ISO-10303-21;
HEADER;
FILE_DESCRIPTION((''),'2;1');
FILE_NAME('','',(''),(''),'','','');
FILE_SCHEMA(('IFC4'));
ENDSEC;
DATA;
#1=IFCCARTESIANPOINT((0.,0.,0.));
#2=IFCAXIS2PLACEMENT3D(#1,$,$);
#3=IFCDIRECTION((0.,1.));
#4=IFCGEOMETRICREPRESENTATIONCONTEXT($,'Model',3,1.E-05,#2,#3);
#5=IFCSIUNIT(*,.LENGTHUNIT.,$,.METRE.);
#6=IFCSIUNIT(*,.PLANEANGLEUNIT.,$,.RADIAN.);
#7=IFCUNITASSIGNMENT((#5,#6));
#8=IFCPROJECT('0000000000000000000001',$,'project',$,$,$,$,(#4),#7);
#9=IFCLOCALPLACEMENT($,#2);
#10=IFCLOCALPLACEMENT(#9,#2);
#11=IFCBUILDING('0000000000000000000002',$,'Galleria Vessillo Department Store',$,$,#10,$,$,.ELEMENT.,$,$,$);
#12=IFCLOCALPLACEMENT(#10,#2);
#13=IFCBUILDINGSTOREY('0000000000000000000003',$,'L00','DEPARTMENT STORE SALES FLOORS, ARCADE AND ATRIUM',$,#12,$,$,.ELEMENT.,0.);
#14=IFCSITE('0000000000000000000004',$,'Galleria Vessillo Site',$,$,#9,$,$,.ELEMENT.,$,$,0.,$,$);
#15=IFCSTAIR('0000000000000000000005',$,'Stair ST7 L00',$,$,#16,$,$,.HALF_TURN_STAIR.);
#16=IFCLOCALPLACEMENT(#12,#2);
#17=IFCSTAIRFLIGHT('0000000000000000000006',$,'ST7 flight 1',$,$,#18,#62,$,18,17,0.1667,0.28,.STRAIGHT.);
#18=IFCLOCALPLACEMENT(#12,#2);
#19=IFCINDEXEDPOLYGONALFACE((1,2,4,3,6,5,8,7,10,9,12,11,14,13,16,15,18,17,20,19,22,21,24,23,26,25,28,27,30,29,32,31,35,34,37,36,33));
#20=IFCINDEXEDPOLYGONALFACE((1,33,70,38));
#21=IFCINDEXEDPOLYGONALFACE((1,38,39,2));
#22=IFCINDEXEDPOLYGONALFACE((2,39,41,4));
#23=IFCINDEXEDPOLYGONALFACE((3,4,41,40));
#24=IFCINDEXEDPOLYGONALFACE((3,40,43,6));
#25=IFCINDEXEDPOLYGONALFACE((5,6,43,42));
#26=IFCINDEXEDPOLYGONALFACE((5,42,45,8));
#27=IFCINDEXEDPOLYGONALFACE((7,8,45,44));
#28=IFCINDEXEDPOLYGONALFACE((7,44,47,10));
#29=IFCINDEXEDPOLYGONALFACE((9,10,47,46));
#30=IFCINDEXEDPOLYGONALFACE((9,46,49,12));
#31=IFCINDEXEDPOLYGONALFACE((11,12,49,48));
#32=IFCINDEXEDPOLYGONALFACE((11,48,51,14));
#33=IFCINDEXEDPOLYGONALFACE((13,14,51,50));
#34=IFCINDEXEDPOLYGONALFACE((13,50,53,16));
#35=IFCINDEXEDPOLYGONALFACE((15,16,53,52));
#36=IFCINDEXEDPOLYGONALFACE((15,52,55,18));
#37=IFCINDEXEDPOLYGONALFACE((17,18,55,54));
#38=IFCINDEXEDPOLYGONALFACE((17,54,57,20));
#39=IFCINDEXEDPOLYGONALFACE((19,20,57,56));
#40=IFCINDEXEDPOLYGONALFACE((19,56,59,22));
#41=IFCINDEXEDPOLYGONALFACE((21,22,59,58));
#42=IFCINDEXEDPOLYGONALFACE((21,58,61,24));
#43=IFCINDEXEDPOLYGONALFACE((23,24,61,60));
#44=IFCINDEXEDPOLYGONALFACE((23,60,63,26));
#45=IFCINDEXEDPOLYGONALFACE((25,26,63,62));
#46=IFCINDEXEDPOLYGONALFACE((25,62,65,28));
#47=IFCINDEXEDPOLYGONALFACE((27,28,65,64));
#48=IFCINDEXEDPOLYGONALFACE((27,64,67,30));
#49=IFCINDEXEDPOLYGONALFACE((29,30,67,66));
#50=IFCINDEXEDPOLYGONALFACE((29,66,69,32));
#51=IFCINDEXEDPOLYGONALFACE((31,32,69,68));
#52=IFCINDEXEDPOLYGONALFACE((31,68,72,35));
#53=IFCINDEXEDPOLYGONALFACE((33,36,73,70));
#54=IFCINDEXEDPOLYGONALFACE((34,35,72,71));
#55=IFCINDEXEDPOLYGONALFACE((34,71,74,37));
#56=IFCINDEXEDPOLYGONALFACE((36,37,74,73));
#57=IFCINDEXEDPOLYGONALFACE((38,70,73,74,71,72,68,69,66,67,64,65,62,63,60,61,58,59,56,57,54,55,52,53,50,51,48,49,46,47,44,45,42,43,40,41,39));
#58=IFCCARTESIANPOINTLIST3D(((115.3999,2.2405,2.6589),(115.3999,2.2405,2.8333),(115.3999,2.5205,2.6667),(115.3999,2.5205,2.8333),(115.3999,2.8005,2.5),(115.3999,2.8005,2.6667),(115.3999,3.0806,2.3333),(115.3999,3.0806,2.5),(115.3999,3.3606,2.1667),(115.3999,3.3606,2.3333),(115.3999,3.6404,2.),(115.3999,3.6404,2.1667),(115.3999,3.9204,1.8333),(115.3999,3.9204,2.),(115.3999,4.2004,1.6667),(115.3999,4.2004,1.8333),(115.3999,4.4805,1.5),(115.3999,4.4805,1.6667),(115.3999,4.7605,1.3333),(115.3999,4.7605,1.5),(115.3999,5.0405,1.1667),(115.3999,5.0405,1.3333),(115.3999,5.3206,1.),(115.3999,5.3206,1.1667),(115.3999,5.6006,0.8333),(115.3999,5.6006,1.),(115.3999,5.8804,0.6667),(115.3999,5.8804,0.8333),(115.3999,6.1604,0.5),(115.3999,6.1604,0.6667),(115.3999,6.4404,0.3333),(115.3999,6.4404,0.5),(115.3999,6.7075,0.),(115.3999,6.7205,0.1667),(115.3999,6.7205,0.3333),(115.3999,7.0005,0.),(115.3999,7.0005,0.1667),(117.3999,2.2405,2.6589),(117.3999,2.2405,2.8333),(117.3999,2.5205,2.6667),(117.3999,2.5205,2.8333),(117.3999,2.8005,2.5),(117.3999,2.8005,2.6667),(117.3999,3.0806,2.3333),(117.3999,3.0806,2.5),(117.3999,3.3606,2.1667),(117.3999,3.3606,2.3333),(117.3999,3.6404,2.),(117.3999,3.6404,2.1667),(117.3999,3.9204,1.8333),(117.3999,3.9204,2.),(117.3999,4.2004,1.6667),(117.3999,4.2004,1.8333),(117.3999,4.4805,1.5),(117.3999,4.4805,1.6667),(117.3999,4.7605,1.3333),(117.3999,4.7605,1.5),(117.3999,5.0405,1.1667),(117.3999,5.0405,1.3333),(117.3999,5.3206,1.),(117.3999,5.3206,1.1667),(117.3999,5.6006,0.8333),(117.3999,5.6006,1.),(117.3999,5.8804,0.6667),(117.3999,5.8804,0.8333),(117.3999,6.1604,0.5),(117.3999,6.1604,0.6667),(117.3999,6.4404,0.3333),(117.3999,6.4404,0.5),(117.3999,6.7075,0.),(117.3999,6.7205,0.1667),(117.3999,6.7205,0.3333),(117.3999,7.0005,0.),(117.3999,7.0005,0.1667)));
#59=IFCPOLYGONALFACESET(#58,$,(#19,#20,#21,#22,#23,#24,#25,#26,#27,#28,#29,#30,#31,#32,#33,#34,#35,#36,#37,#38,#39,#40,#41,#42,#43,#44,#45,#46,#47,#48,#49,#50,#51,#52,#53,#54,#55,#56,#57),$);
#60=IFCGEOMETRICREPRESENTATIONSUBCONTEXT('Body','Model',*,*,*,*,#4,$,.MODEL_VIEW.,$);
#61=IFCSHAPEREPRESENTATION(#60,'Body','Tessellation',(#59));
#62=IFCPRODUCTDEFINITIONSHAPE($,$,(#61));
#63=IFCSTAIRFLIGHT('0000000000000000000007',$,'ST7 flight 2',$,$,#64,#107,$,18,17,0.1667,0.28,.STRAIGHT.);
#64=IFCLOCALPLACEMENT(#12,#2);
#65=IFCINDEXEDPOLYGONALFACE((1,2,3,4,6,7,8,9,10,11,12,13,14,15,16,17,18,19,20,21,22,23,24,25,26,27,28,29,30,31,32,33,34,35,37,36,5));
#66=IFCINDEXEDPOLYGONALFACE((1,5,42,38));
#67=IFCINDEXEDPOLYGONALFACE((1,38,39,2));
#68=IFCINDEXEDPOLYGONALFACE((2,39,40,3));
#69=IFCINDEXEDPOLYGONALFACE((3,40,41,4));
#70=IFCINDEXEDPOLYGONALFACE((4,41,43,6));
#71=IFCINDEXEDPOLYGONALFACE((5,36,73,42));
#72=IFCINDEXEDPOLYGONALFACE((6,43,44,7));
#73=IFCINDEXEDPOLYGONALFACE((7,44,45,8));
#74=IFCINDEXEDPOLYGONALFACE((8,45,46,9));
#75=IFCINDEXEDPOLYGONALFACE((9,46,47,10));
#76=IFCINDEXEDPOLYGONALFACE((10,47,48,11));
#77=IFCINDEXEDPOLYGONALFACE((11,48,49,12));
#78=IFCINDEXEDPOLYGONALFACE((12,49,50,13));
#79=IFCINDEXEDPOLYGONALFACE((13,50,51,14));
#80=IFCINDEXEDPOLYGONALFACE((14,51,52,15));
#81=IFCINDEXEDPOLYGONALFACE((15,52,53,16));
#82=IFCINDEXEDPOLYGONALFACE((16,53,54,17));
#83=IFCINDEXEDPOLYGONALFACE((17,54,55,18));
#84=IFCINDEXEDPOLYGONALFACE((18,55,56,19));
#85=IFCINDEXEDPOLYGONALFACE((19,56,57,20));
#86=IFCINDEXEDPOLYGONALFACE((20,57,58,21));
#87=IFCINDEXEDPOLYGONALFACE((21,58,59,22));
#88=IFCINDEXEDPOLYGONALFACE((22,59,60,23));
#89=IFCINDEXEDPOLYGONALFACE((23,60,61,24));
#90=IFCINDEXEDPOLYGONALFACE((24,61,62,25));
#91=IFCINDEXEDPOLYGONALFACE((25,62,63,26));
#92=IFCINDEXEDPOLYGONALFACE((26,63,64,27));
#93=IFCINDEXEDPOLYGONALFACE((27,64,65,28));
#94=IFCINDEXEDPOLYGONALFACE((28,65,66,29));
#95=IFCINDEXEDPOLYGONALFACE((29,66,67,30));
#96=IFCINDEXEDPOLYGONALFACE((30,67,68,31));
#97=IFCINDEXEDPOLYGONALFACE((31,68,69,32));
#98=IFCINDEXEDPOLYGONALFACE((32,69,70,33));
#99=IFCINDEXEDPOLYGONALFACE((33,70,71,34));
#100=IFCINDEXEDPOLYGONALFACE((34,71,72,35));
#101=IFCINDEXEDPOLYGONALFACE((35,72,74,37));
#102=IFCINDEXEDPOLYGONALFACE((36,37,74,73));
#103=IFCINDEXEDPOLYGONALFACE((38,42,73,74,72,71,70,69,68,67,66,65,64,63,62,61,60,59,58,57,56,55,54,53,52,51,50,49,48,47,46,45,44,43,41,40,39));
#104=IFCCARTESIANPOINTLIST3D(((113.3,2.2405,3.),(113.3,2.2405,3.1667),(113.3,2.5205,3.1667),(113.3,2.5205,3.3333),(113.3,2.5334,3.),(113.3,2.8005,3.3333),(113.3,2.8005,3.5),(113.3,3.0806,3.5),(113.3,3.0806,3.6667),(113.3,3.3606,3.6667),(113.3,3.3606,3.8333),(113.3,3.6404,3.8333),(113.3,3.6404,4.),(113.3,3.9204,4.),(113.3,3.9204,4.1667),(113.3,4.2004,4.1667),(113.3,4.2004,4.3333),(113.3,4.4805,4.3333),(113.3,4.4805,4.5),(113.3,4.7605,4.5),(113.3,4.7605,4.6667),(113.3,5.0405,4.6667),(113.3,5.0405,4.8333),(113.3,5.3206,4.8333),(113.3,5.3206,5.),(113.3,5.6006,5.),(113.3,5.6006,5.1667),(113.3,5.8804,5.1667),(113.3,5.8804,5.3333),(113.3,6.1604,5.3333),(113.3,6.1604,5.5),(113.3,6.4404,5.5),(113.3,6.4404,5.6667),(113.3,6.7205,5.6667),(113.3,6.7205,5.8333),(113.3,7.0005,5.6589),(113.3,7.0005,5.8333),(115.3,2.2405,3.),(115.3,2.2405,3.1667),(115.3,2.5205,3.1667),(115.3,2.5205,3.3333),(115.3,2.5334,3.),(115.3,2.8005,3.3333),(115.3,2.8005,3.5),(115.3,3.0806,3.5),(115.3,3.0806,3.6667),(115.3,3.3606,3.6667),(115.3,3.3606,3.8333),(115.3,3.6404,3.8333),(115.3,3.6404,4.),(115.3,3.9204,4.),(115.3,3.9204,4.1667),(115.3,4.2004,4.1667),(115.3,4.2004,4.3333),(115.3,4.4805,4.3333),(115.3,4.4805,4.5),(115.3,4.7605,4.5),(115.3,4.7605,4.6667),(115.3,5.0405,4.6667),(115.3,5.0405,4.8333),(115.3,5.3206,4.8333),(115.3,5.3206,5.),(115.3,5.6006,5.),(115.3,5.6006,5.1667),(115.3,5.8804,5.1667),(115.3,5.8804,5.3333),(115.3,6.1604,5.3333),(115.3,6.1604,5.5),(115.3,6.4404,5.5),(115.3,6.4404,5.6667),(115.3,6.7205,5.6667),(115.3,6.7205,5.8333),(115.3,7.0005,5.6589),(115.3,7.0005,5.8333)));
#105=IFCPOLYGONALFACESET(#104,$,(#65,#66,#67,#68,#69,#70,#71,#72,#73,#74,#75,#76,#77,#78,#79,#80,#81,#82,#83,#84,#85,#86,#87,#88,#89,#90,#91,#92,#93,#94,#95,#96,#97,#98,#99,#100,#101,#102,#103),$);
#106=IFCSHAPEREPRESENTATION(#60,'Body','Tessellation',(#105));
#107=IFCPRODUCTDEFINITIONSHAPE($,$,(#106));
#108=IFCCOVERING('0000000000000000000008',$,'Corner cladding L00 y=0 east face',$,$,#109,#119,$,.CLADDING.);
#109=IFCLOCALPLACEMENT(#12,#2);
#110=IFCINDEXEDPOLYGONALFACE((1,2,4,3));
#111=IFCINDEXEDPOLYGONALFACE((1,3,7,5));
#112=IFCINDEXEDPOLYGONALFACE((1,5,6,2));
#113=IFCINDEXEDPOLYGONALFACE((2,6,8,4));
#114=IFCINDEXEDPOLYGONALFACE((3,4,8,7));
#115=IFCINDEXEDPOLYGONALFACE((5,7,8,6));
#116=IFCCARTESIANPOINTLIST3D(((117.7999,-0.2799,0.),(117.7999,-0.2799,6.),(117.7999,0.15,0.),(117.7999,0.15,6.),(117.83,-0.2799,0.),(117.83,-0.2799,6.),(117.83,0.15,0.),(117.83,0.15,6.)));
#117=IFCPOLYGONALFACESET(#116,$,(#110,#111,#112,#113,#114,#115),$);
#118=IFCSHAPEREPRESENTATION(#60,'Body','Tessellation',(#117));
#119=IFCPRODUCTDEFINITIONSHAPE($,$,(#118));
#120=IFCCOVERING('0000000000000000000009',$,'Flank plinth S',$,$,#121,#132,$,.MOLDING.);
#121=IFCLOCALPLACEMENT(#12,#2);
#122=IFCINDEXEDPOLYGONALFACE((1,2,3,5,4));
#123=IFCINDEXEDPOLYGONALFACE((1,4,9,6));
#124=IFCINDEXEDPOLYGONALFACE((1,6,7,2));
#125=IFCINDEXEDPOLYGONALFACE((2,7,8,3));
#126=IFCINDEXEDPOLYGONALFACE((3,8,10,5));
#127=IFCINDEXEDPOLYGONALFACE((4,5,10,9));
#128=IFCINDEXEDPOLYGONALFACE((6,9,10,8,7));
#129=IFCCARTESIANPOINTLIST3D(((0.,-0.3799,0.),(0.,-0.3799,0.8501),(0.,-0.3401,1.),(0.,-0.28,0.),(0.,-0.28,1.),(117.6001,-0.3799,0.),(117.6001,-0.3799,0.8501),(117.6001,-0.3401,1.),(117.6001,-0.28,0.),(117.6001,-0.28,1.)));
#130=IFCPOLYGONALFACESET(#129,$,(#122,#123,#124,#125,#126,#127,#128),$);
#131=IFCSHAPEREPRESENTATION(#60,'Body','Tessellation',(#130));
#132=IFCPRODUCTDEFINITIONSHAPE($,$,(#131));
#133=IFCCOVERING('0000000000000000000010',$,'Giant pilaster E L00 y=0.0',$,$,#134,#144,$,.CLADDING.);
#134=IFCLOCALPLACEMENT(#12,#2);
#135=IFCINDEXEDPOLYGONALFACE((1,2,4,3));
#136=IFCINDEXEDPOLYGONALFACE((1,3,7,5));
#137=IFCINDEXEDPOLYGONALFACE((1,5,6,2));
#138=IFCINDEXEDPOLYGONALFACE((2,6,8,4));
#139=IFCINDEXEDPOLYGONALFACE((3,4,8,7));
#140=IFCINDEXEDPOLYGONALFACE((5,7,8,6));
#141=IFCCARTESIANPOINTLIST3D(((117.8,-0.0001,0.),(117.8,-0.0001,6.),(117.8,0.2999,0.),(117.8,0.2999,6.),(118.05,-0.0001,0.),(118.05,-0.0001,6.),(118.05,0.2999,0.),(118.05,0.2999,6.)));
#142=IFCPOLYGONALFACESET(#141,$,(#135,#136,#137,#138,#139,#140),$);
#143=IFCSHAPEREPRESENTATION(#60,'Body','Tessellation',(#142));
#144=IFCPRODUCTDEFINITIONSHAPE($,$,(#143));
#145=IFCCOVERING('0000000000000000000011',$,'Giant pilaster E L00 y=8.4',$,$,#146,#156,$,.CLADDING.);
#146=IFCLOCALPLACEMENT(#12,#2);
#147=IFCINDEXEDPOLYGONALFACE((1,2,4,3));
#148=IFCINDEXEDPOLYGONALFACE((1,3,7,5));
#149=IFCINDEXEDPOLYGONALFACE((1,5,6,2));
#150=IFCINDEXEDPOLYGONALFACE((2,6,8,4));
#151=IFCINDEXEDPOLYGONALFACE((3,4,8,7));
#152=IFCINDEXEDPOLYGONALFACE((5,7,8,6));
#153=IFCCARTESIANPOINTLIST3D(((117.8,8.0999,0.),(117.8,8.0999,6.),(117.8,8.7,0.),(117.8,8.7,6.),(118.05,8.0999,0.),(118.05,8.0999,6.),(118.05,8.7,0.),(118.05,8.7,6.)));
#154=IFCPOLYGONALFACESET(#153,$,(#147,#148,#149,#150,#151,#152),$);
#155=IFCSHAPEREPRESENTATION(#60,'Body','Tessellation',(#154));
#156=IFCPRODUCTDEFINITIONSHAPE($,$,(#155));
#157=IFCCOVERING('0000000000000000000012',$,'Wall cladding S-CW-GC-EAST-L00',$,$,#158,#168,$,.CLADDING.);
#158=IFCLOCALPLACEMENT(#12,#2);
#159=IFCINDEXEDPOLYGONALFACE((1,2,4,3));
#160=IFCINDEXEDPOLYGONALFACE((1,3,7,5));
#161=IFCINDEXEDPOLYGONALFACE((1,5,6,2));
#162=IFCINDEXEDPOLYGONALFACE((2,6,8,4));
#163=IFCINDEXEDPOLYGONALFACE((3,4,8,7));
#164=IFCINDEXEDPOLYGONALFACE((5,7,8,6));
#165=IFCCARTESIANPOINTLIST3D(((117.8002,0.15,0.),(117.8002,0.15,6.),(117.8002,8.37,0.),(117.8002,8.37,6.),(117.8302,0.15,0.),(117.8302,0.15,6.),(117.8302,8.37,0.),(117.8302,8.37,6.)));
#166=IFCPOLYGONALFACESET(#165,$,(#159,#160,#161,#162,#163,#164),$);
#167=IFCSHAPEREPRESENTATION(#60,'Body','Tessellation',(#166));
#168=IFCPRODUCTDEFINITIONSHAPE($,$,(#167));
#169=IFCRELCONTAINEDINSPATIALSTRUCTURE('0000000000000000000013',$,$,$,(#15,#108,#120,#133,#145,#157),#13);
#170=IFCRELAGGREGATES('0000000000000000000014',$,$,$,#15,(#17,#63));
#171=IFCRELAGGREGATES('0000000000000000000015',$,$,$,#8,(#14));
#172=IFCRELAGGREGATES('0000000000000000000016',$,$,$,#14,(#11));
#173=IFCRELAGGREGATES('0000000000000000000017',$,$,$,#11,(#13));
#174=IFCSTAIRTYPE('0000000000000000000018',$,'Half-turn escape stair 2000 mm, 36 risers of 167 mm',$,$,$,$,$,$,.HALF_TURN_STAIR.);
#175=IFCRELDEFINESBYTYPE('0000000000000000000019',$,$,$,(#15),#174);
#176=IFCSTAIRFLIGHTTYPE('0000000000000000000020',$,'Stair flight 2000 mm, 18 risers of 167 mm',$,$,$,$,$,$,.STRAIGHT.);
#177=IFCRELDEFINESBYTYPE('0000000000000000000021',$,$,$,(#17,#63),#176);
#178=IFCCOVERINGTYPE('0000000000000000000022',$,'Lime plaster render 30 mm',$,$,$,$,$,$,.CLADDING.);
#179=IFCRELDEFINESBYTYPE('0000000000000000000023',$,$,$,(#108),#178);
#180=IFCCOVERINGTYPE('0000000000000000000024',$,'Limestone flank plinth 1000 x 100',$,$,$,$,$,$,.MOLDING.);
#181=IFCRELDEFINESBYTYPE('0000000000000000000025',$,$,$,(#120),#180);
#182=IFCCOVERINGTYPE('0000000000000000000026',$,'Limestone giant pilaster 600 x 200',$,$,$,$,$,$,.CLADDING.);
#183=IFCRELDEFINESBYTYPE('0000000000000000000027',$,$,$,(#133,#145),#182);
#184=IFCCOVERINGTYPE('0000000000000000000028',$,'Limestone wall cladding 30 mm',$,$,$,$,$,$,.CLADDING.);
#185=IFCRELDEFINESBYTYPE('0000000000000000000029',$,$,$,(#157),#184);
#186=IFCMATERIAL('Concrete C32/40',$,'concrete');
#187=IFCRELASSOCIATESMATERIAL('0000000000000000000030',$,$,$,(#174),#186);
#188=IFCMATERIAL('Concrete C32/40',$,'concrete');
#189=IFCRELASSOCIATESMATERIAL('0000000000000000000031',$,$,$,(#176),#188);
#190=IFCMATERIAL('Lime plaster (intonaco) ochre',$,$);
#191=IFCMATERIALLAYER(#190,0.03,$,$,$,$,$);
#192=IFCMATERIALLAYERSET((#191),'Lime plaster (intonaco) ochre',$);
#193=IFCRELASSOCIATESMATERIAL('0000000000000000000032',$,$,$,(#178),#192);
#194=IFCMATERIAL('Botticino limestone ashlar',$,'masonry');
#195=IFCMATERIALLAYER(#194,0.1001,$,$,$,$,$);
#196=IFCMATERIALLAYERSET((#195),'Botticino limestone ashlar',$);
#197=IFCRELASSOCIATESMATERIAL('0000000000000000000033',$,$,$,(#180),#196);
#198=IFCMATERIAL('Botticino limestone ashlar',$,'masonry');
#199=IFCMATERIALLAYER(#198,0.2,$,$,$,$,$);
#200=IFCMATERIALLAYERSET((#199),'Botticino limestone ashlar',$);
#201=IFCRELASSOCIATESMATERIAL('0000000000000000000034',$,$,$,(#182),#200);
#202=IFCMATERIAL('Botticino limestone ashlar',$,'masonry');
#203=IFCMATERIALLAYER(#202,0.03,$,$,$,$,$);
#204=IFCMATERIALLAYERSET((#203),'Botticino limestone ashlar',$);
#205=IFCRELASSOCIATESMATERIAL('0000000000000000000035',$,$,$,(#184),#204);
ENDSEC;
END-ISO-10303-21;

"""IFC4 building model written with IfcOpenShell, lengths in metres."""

from ifc_helpers import new_model, si_unit, direction, frame, origin, origin_2d, place, context, subcontext, project, spatial, polyline, rectangle, outline, extrude, material, layer, layer_set, type_object, element, aggregate, save


model = new_model("IFC4")

# Units and contexts
model_context = context("Model", 3, precision=1e-05, world=origin(), true_north=direction((0.0, 1.0)))
body_context = subcontext(model_context, "Body", "Model", "MODEL_VIEW")
ifc_project = project(units=[si_unit("LENGTHUNIT", "METRE"), si_unit("PLANEANGLEUNIT", "RADIAN")], contexts=[model_context])

# Site, building, storey
site_placement = place(None, origin())
site = spatial("IfcSite", under=ifc_project, at=site_placement, Name="Galleria Vessillo Site", CompositionType="ELEMENT", RefElevation=0.0)
building_placement = place(site_placement, origin())
building = spatial("IfcBuilding", under=site, at=building_placement, Name="Galleria Vessillo Department Store", CompositionType="ELEMENT")
storey_placement = place(building_placement, origin())
storey = spatial("IfcBuildingStorey", under=building, at=storey_placement, Name="L00", Description="DEPARTMENT STORE SALES FLOORS, ARCADE AND ATRIUM", CompositionType="ELEMENT", Elevation=0.0)

# Stair, stair flights
ifc_material_1 = material(Name="Concrete C32/40", Category="concrete")
stair_type = type_object("IfcStairType", Name="Half-turn escape stair 2000 mm, 36 risers of 167 mm", PredefinedType="HALF_TURN_STAIR", material=ifc_material_1)
stair_placement = place(storey_placement, origin())
stair = element("IfcStair", 1, at=stair_placement, inside=storey, type_object=stair_type, Name="Stair ST7 L00", PredefinedType="HALF_TURN_STAIR")
ifc_material_2 = material(Name="Concrete C32/40", Category="concrete")
stair_flight_type = type_object("IfcStairFlightType", Name="Stair flight 2000 mm, 18 risers of 167 mm", PredefinedType="STRAIGHT", material=ifc_material_2)
stair_flight_1_placement = place(storey_placement, frame((116.3999, 7.0005, 0.0), z_axis=(0.0, 0.0, 1.0), x_axis=(0.0, -1.0, 0.0)))
stair_flight_1 = element("IfcStairFlight", 2, at=stair_flight_1_placement, type_object=stair_flight_type, Name="ST7 flight 1", NumberOfRisers=18, NumberOfTreads=17, PredefinedType="STRAIGHT", RiserHeight=0.1667, TreadLength=0.28, context=body_context, shape_type="SweptSolid", body=[
    extrude(outline(polyline([(0.0, 0.0), (0.0, 0.1667), (0.28, 0.1667), (0.28, 0.3333), (0.5601, 0.3333), (0.5601, 0.5), (0.8401, 0.5), (0.8401, 0.6667), (1.1201, 0.6667), (1.1201, 0.8333), (1.3999, 0.8333), (1.3999, 1.0), (1.6799, 1.0), (1.6799, 1.1667), (1.96, 1.1667), (1.96, 1.3333), (2.24, 1.3333), (2.24, 1.5), (2.52, 1.5), (2.52, 1.6667), (2.8, 1.6667), (2.8, 1.8333), (3.0801, 1.8333), (3.0801, 2.0), (3.3601, 2.0), (3.3601, 2.1667), (3.6399, 2.1667), (3.6399, 2.3333), (3.9199, 2.3333), (3.9199, 2.5), (4.2, 2.5), (4.2, 2.6667), (4.48, 2.6667), (4.48, 2.8333), (4.76, 2.8333), (4.76, 3.0), (4.76, 2.6589), (0.293, 0.0), (0.0, 0.0)])), frame((0.0, 1.0, 0.0), z_axis=(0.0, -1.0, 0.0), x_axis=(1.0, 0.0, 0.0)), (0.0, 0.0, 1.0), 2.0),
])
stair_flight_2_placement = place(storey_placement, frame((114.3, 2.2405, 3.0), z_axis=(0.0, 0.0, 1.0), x_axis=(0.0, 1.0, 0.0)))
stair_flight_2 = element("IfcStairFlight", 3, at=stair_flight_2_placement, type_object=stair_flight_type, Name="ST7 flight 2", NumberOfRisers=18, NumberOfTreads=17, PredefinedType="STRAIGHT", RiserHeight=0.1667, TreadLength=0.28, context=body_context, shape_type="SweptSolid", body=[
    extrude(outline(polyline([(0.0, 0.0), (0.0, 0.1667), (0.28, 0.1667), (0.28, 0.3333), (0.5601, 0.3333), (0.5601, 0.5), (0.8401, 0.5), (0.8401, 0.6667), (1.1201, 0.6667), (1.1201, 0.8333), (1.3999, 0.8333), (1.3999, 1.0), (1.6799, 1.0), (1.6799, 1.1667), (1.96, 1.1667), (1.96, 1.3333), (2.24, 1.3333), (2.24, 1.5), (2.52, 1.5), (2.52, 1.6667), (2.8, 1.6667), (2.8, 1.8333), (3.0801, 1.8333), (3.0801, 2.0), (3.3601, 2.0), (3.3601, 2.1667), (3.6399, 2.1667), (3.6399, 2.3333), (3.9199, 2.3333), (3.9199, 2.5), (4.2, 2.5), (4.2, 2.6667), (4.48, 2.6667), (4.48, 2.8333), (4.76, 2.8333), (4.76, 3.0), (4.76, 2.6589), (0.293, 0.0), (0.0, 0.0)])), frame((0.0, 1.0, 0.0), z_axis=(0.0, -1.0, 0.0), x_axis=(1.0, 0.0, 0.0)), (0.0, 0.0, 1.0), 2.0),
])
aggregate(stair, [stair_flight_1, stair_flight_2])

# Coverings
ifc_material_3 = material(Name="Lime plaster (intonaco) ochre")
ifc_layer_1 = layer(ifc_material_3, 0.03)
ifc_layer_set_1 = layer_set([ifc_layer_1], Name="Lime plaster (intonaco) ochre")
covering_type_1 = type_object("IfcCoveringType", Name="Lime plaster render 30 mm", PredefinedType="CLADDING", material=ifc_layer_set_1)
covering_1_placement = place(storey_placement, frame((117.8149, -0.0649, 0.0), z_axis=(0.0, 0.0, 1.0), x_axis=(1.0, 0.0, 0.0)))
element("IfcCovering", 4, at=covering_1_placement, inside=storey, type_object=covering_type_1, Name="Corner cladding L00 y=0 east face", PredefinedType="CLADDING", context=body_context, shape_type="SweptSolid", body=[
    extrude(rectangle(XDim=0.03, YDim=0.4299, at=origin_2d()), origin(), (0.0, 0.0, 1.0), 6.0),
])
ifc_material_4 = material(Name="Botticino limestone ashlar", Category="masonry")
ifc_layer_2 = layer(ifc_material_4, 0.1001)
ifc_layer_set_2 = layer_set([ifc_layer_2], Name="Botticino limestone ashlar")
covering_type_2 = type_object("IfcCoveringType", Name="Limestone flank plinth 1000 x 100", PredefinedType="MOLDING", material=ifc_layer_set_2)
covering_2_placement = place(storey_placement, frame((117.6001, 0.0, 0.0), z_axis=(-1.0, 0.0, 0.0), x_axis=(0.0, -1.0, 0.0)))
element("IfcCovering", 5, at=covering_2_placement, inside=storey, type_object=covering_type_2, Name="Flank plinth S", PredefinedType="MOLDING", context=body_context, shape_type="SweptSolid", body=[
    extrude(outline(polyline([(0.28, 0.0), (0.3799, 0.0), (0.3799, 0.8501), (0.3401, 1.0), (0.28, 1.0), (0.28, 0.0)])), origin(), (0.0, 0.0, 1.0), 117.6001),
])
ifc_material_5 = material(Name="Botticino limestone ashlar", Category="masonry")
ifc_layer_3 = layer(ifc_material_5, 0.2)
ifc_layer_set_3 = layer_set([ifc_layer_3], Name="Botticino limestone ashlar")
covering_type_3 = type_object("IfcCoveringType", Name="Limestone giant pilaster 600 x 200", PredefinedType="CLADDING", material=ifc_layer_set_3)
covering_3_placement = place(storey_placement, frame((117.925, 0.1499, 0.0), z_axis=(0.0, 0.0, 1.0), x_axis=(1.0, 0.0, 0.0)))
element("IfcCovering", 6, at=covering_3_placement, inside=storey, type_object=covering_type_3, Name="Giant pilaster E L00 y=0.0", PredefinedType="CLADDING", context=body_context, shape_type="SweptSolid", body=[
    extrude(rectangle(XDim=0.25, YDim=0.3, at=origin_2d()), origin(), (0.0, 0.0, 1.0), 6.0),
])
covering_4_placement = place(storey_placement, frame((117.925, 8.3999, 0.0), z_axis=(0.0, 0.0, 1.0), x_axis=(1.0, 0.0, 0.0)))
element("IfcCovering", 7, at=covering_4_placement, inside=storey, type_object=covering_type_3, Name="Giant pilaster E L00 y=8.4", PredefinedType="CLADDING", context=body_context, shape_type="SweptSolid", body=[
    extrude(rectangle(XDim=0.25, YDim=0.6001, at=origin_2d()), origin(), (0.0, 0.0, 1.0), 6.0),
])
ifc_material_6 = material(Name="Botticino limestone ashlar", Category="masonry")
ifc_layer_4 = layer(ifc_material_6, 0.03)
ifc_layer_set_4 = layer_set([ifc_layer_4], Name="Botticino limestone ashlar")
covering_type_4 = type_object("IfcCoveringType", Name="Limestone wall cladding 30 mm", PredefinedType="CLADDING", material=ifc_layer_set_4)
covering_5_placement = place(storey_placement, frame((117.8152, 4.26, 0.0), z_axis=(0.0, 0.0, 1.0), x_axis=(1.0, 0.0, 0.0)))
element("IfcCovering", 8, at=covering_5_placement, inside=storey, type_object=covering_type_4, Name="Wall cladding S-CW-GC-EAST-L00", PredefinedType="CLADDING", context=body_context, shape_type="SweptSolid", body=[
    extrude(rectangle(XDim=0.03, YDim=8.22, at=origin_2d()), origin(), (0.0, 0.0, 1.0), 6.0),
])

save(model, "model.ifc")
